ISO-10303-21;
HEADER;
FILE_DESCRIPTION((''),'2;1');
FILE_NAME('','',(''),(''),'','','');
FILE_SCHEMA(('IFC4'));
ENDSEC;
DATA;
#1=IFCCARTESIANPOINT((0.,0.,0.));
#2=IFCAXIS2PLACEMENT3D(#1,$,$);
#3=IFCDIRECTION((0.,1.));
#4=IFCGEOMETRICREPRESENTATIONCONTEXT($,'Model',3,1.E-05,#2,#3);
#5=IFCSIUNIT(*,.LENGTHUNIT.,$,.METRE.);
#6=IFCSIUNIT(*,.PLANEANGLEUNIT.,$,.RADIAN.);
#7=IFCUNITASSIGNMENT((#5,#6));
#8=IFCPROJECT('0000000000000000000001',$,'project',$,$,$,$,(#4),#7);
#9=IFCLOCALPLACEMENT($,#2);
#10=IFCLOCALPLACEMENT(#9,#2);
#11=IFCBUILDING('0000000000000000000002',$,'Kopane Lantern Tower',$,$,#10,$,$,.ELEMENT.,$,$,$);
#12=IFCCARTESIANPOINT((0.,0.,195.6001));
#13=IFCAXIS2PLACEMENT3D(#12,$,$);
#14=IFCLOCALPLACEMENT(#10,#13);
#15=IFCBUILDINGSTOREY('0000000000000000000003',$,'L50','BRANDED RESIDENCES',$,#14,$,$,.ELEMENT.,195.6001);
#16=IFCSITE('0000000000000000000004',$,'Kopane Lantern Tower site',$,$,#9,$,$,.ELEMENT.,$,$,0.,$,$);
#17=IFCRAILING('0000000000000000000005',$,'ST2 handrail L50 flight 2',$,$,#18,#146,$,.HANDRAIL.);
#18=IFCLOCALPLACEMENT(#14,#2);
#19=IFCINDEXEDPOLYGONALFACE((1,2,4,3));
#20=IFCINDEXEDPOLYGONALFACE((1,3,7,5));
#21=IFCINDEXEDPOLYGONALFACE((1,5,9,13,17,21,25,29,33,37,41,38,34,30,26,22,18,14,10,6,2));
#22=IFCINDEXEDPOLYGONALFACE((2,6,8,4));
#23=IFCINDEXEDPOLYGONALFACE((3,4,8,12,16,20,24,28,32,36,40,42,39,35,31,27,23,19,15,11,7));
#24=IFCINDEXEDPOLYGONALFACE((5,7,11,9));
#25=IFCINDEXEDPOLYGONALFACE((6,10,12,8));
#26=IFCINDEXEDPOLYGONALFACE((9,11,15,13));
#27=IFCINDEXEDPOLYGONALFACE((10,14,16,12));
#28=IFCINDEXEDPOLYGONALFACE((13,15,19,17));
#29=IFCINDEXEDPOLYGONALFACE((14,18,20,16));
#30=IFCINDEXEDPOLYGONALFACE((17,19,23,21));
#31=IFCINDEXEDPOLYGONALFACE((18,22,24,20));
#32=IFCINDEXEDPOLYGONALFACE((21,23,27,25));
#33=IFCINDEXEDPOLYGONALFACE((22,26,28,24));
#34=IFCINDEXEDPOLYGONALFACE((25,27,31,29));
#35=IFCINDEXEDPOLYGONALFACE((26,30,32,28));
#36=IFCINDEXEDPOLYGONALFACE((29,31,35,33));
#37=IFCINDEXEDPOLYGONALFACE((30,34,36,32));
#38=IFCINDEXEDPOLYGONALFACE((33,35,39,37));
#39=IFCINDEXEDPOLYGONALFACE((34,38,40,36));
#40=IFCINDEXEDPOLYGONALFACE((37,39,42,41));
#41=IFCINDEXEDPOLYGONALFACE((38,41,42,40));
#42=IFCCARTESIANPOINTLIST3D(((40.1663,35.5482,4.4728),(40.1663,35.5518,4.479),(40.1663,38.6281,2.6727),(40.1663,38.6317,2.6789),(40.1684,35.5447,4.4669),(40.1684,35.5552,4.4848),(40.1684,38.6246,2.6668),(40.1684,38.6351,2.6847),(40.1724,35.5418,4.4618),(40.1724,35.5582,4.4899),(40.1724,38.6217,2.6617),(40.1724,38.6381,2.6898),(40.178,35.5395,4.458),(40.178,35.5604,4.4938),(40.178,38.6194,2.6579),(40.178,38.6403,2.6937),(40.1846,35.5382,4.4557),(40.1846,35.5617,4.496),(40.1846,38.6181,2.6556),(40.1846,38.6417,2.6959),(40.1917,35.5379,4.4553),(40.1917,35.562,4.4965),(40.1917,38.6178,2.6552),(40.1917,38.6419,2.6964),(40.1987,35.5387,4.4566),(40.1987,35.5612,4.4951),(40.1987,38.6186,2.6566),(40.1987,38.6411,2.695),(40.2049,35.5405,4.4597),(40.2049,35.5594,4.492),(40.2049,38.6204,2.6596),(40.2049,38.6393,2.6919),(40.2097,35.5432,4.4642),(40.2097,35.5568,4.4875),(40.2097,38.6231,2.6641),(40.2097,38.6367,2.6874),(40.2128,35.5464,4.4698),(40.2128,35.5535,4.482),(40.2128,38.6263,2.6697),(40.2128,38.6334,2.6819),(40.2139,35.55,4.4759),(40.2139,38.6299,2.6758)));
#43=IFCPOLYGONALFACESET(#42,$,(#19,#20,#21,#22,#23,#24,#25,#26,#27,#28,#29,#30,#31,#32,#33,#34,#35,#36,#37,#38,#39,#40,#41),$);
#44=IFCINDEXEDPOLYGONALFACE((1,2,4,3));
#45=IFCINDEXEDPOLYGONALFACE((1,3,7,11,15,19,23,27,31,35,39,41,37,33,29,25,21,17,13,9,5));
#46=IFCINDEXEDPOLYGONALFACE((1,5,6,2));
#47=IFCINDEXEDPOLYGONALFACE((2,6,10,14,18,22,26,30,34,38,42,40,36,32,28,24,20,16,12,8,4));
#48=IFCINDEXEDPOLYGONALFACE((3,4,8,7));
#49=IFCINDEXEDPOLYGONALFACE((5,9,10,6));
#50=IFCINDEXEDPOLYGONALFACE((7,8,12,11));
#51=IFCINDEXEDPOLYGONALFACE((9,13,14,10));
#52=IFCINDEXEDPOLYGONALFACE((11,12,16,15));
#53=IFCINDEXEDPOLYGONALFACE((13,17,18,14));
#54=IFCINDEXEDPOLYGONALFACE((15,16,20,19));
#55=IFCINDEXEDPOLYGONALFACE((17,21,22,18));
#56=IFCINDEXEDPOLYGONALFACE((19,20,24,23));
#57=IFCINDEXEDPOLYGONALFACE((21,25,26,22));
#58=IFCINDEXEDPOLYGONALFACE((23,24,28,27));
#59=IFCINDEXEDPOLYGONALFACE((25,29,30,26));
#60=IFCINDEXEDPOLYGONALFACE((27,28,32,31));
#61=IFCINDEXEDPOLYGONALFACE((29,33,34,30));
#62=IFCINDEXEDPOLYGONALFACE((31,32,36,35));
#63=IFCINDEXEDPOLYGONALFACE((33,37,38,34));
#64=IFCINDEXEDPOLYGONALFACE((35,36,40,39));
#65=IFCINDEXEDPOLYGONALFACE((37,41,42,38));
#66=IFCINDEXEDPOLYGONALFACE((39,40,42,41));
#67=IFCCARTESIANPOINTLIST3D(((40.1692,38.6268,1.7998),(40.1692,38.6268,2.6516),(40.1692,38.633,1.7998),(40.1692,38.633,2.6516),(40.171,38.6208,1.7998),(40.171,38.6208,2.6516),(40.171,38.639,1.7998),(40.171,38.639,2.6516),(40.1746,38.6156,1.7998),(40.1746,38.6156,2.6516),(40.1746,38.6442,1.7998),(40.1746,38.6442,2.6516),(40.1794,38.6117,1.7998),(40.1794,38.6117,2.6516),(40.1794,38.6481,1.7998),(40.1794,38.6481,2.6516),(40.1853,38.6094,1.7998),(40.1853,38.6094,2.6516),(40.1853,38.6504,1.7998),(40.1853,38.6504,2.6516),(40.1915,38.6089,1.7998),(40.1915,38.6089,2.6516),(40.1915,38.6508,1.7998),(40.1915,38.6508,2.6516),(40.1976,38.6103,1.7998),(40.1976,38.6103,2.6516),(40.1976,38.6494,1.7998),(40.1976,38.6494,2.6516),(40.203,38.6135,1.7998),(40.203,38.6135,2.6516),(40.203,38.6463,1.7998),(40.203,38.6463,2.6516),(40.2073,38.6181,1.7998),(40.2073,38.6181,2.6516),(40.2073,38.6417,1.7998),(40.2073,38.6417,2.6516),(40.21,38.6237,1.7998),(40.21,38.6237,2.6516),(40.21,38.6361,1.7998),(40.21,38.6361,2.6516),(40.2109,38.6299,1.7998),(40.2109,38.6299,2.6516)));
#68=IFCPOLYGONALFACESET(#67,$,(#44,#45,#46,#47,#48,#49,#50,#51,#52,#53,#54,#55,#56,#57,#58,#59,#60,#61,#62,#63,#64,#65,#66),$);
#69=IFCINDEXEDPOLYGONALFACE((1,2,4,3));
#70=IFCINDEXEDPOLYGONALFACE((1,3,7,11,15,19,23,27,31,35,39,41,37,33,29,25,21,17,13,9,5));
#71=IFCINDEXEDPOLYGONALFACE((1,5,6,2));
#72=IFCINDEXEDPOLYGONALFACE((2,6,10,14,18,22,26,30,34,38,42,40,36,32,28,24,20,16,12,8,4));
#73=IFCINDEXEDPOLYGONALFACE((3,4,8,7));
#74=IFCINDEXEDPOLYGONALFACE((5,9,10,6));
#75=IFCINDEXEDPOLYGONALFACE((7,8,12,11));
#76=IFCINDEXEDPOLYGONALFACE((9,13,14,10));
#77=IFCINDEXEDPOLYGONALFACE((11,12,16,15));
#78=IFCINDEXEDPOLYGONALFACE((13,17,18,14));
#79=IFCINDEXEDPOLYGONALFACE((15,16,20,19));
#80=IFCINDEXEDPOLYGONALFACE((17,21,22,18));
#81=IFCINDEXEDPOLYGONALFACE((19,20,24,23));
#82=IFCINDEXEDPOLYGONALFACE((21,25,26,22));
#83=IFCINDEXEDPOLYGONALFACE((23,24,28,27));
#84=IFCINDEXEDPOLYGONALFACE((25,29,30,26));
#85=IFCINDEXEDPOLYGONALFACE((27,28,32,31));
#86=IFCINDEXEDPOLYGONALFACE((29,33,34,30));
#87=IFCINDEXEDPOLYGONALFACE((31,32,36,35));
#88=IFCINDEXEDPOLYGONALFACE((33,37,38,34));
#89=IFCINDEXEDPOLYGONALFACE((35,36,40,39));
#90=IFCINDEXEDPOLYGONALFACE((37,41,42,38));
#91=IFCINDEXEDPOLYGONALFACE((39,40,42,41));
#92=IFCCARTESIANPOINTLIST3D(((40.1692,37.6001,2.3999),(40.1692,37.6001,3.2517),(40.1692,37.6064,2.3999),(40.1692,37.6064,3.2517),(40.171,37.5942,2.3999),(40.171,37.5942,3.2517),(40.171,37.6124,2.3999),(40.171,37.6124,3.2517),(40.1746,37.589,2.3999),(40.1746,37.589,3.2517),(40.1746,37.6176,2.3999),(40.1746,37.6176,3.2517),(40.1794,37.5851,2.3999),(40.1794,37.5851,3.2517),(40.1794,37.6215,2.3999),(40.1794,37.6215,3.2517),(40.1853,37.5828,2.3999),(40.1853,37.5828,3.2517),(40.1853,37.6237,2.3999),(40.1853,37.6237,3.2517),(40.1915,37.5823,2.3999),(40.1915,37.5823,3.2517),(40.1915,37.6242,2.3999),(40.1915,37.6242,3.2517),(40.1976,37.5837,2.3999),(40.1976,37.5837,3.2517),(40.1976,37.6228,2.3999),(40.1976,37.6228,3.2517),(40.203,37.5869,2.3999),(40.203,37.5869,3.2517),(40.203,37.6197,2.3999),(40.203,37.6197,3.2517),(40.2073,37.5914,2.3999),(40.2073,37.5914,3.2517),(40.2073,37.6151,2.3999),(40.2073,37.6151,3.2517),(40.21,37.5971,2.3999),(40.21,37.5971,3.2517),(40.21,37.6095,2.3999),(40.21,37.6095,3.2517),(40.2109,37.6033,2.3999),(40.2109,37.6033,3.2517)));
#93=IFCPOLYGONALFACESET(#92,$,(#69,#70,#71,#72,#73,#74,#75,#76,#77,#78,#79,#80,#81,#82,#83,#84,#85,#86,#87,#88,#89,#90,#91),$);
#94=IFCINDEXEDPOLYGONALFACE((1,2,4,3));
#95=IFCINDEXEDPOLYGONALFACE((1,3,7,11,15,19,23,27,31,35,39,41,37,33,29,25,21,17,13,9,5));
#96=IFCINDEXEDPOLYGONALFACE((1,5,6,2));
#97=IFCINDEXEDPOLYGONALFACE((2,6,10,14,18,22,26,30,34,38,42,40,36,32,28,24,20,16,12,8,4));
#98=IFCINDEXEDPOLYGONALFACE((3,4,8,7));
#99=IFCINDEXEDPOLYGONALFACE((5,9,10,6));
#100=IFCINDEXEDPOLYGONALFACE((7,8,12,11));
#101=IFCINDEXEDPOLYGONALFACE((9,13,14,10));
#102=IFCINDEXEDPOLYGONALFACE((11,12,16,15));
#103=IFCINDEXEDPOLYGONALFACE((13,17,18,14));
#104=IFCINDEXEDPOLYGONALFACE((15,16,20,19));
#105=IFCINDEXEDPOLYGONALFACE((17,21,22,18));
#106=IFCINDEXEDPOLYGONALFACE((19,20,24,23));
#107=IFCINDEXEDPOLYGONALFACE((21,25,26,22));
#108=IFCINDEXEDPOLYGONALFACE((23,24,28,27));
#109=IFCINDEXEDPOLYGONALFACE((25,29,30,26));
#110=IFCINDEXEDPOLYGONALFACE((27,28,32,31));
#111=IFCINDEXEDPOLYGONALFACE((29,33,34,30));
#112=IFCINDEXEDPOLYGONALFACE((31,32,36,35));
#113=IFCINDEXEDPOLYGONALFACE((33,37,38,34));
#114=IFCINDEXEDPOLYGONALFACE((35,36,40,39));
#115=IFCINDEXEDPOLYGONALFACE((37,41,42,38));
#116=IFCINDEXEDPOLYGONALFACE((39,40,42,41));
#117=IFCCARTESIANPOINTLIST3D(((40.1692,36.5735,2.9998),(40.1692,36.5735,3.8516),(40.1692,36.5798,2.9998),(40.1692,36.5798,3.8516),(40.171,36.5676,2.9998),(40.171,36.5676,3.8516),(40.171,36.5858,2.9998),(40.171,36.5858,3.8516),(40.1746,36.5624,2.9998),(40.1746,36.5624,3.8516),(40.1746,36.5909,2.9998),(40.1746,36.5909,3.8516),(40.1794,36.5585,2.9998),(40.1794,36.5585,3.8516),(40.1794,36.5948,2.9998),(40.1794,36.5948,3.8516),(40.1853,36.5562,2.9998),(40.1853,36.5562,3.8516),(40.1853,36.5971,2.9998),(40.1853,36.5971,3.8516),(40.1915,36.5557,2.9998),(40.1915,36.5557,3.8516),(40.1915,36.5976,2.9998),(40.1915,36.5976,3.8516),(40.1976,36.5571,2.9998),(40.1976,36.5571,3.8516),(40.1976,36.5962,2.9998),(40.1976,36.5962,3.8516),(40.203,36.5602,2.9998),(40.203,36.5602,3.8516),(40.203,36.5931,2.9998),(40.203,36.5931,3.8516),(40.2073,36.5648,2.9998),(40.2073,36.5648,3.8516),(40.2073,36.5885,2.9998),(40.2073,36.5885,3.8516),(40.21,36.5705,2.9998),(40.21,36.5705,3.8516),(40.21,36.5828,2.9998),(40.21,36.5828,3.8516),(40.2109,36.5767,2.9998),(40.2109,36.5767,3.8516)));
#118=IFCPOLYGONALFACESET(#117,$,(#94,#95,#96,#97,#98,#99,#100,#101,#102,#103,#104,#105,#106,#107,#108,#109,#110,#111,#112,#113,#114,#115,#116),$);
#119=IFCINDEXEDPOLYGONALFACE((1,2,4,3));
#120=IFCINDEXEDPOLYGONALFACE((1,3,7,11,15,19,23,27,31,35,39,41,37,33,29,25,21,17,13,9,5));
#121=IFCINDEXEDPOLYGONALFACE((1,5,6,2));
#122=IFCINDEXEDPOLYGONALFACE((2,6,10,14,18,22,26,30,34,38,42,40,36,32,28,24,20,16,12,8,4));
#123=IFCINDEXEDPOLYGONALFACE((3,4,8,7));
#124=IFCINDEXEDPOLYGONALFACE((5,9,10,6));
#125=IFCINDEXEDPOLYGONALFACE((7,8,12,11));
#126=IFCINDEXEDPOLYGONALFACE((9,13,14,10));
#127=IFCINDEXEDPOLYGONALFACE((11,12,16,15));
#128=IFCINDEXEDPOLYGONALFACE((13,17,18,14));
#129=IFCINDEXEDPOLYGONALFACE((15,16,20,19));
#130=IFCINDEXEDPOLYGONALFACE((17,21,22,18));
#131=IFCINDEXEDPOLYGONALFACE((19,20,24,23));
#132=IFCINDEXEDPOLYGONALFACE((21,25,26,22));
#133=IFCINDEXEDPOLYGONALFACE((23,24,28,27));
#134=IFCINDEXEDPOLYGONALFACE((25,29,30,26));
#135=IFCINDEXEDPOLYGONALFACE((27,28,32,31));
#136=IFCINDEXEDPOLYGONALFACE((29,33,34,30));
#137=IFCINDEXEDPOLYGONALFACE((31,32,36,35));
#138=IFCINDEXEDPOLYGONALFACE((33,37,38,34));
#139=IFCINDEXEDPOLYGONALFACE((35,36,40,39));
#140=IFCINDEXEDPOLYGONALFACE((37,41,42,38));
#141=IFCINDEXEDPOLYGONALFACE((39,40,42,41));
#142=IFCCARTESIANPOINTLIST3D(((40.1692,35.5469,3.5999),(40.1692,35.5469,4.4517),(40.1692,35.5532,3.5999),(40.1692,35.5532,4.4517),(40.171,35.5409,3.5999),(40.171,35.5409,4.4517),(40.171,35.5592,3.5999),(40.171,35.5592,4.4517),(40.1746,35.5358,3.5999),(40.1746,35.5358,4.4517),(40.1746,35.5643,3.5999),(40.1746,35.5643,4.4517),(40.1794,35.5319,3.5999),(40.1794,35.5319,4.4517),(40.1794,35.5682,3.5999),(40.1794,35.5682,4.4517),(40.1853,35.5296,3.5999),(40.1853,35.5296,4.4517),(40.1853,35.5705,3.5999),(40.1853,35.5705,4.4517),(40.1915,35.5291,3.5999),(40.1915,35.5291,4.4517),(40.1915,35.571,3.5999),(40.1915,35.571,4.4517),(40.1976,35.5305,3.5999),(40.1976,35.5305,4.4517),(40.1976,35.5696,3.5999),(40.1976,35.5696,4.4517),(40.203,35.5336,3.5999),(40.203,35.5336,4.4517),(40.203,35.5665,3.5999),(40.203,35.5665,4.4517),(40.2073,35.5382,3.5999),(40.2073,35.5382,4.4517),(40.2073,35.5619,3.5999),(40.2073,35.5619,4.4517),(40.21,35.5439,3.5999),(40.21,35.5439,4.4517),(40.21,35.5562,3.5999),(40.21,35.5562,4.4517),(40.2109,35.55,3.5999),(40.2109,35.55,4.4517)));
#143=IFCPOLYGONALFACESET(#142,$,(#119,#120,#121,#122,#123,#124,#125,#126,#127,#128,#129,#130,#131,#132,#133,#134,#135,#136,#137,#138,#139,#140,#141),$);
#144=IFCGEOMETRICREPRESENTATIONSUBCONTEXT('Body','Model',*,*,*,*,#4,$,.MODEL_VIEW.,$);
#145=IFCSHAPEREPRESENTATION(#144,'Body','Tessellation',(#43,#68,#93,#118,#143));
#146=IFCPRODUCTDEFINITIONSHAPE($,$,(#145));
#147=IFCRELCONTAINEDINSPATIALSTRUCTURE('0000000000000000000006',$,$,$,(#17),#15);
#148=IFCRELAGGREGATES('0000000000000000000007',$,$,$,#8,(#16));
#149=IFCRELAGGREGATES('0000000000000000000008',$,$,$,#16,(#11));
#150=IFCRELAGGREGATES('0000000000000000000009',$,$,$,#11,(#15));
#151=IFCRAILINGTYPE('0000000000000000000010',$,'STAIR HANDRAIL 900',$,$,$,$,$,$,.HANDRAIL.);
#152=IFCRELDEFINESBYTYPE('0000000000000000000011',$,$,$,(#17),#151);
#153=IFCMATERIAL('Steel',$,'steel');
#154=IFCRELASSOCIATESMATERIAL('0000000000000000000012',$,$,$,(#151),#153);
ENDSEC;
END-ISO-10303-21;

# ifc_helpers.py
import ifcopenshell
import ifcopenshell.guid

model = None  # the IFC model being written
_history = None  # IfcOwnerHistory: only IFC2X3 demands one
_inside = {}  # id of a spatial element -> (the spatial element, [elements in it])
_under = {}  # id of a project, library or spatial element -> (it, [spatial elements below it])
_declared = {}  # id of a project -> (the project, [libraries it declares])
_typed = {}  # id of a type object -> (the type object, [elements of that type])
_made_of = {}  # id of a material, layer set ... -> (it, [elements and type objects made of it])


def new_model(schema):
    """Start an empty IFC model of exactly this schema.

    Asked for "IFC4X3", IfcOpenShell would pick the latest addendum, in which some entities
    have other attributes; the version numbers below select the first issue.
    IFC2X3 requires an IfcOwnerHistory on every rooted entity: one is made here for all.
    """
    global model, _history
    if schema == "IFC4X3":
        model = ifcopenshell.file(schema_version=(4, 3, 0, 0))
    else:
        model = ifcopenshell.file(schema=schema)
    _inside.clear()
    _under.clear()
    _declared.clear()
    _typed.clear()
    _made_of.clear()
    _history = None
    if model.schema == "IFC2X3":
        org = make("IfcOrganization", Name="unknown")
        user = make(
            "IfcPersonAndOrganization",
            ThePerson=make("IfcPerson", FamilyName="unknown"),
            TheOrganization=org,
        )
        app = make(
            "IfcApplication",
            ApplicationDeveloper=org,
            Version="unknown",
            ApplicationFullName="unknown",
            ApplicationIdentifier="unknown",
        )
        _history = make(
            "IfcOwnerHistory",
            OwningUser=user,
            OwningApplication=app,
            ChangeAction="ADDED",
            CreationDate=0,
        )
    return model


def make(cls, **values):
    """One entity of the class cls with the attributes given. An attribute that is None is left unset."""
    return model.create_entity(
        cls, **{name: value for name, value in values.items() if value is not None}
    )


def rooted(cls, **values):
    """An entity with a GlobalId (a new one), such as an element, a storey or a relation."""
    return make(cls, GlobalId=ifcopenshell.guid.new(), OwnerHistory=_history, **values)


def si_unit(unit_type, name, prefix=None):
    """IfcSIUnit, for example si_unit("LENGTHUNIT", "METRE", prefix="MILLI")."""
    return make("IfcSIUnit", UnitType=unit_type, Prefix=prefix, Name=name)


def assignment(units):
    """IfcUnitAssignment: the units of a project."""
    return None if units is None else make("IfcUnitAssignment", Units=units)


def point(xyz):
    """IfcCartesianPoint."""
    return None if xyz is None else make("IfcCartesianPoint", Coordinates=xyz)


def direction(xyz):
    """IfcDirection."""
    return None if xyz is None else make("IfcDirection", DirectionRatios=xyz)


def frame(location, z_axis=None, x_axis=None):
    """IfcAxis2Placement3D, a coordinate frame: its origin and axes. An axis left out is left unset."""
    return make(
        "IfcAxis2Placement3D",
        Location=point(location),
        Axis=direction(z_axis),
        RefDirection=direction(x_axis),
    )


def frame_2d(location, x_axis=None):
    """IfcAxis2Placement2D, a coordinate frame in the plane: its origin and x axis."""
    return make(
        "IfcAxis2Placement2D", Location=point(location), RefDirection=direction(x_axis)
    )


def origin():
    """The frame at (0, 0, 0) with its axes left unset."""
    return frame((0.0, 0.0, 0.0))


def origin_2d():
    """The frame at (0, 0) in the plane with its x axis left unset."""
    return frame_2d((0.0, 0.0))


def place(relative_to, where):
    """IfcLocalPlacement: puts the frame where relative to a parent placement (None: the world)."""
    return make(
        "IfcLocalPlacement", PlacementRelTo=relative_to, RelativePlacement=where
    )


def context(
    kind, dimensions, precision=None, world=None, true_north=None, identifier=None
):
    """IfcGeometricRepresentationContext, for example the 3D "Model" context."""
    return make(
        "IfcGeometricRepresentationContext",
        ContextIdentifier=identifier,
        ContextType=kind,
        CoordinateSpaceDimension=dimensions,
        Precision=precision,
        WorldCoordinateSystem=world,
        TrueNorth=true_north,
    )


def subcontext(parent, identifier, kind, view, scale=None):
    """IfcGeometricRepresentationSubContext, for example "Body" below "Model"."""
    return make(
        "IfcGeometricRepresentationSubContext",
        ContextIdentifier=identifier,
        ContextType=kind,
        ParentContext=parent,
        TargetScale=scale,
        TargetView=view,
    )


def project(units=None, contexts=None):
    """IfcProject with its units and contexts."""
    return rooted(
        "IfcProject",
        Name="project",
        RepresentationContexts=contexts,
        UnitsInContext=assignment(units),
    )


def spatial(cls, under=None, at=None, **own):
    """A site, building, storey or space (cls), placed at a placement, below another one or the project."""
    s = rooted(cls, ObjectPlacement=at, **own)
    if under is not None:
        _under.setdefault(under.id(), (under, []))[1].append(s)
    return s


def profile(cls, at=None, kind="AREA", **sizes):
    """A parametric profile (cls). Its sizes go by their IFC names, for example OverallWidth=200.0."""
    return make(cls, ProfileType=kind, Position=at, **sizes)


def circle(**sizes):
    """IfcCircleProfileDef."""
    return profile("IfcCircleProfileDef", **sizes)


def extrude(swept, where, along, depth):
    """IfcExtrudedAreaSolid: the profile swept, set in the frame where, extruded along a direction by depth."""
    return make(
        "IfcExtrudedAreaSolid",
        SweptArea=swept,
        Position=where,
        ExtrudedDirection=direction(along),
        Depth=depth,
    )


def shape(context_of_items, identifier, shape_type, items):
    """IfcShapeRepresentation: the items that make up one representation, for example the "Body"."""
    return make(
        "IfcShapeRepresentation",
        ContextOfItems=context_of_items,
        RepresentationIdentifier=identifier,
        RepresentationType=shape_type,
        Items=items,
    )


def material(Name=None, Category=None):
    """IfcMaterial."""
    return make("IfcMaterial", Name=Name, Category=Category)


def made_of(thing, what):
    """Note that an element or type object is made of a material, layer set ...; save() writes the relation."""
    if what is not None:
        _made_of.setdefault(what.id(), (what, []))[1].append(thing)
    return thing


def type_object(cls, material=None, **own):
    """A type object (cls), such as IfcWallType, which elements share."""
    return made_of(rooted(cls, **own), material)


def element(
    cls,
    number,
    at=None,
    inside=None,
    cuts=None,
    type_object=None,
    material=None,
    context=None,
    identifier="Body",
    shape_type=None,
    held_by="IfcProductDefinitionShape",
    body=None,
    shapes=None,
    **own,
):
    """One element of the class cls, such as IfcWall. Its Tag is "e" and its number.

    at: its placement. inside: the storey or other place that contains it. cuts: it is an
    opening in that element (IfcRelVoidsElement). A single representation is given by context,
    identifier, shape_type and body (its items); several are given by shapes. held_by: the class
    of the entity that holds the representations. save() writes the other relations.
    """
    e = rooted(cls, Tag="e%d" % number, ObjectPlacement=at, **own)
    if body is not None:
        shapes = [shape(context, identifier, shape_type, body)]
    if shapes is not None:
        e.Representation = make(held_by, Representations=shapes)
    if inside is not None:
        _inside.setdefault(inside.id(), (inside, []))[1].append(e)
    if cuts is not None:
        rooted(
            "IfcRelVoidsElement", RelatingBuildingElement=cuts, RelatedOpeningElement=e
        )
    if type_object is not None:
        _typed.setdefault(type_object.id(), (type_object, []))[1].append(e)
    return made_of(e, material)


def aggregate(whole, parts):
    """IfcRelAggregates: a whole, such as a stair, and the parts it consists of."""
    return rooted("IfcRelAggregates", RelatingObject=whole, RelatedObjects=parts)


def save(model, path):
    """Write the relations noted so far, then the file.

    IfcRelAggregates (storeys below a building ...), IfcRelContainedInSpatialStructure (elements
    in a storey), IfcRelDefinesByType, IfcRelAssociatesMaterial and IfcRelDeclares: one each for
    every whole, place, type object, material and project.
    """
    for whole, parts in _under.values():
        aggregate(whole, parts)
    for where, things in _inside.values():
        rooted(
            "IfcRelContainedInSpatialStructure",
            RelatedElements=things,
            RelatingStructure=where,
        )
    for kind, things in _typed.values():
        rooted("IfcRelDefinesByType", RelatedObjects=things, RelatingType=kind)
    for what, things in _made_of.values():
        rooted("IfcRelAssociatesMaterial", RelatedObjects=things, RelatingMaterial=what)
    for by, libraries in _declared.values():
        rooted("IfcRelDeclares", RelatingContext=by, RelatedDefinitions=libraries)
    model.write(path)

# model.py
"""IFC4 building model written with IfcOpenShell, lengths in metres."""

from ifc_helpers import new_model, si_unit, direction, frame, origin, origin_2d, place, context, subcontext, project, spatial, circle, extrude, material, type_object, element, save


model = new_model("IFC4")

# Units and contexts
model_context = context("Model", 3, precision=1e-05, world=origin(), true_north=direction((0.0, 1.0)))
body_context = subcontext(model_context, "Body", "Model", "MODEL_VIEW")
ifc_project = project(units=[si_unit("LENGTHUNIT", "METRE"), si_unit("PLANEANGLEUNIT", "RADIAN")], contexts=[model_context])

# Site, building, storey
site_placement = place(None, origin())
site = spatial("IfcSite", under=ifc_project, at=site_placement, Name="Kopane Lantern Tower site", CompositionType="ELEMENT", RefElevation=0.0)
building_placement = place(site_placement, origin())
building = spatial("IfcBuilding", under=site, at=building_placement, Name="Kopane Lantern Tower", CompositionType="ELEMENT")
storey_placement = place(building_placement, frame((0.0, 0.0, 195.6001)))
storey = spatial("IfcBuildingStorey", under=building, at=storey_placement, Name="L50", Description="BRANDED RESIDENCES", CompositionType="ELEMENT", Elevation=195.6001)

# Railing
ifc_material_1 = material(Name="Steel", Category="steel")
railing_type_1 = type_object("IfcRailingType", Name="STAIR HANDRAIL 900", PredefinedType="HANDRAIL", material=ifc_material_1)
for number, where, name in (
    (1, (40.1899, 38.6299, 1.7998), "ST2 handrail L50 flight 2"),
):
    element("IfcRailing", number, at=place(storey_placement, frame(where)), inside=storey, type_object=railing_type_1, Name=name, PredefinedType="HANDRAIL", context=body_context, shape_type="SweptSolid", body=[
        extrude(circle(Radius=0.0239, at=origin_2d()), frame((0.0, 0.0, 0.876), z_axis=(0.0, -0.863354, 0.504598), x_axis=(1.0, 0.0, 0.0)), (0.0, 0.0, 1.0), 3.5674),
        extrude(circle(Radius=0.021, at=origin_2d()), origin(), (0.0, 0.0, 1.0), 0.8518),
        extrude(circle(Radius=0.021, at=origin_2d()), frame((0.0, -1.0266, 0.6001)), (0.0, 0.0, 1.0), 0.8518),
        extrude(circle(Radius=0.021, at=origin_2d()), frame((0.0, -2.0532, 1.2)), (0.0, 0.0, 1.0), 0.8518),
        extrude(circle(Radius=0.021, at=origin_2d()), frame((0.0, -3.0798, 1.8)), (0.0, 0.0, 1.0), 0.8518),
    ])

save(model, "model.ifc")
